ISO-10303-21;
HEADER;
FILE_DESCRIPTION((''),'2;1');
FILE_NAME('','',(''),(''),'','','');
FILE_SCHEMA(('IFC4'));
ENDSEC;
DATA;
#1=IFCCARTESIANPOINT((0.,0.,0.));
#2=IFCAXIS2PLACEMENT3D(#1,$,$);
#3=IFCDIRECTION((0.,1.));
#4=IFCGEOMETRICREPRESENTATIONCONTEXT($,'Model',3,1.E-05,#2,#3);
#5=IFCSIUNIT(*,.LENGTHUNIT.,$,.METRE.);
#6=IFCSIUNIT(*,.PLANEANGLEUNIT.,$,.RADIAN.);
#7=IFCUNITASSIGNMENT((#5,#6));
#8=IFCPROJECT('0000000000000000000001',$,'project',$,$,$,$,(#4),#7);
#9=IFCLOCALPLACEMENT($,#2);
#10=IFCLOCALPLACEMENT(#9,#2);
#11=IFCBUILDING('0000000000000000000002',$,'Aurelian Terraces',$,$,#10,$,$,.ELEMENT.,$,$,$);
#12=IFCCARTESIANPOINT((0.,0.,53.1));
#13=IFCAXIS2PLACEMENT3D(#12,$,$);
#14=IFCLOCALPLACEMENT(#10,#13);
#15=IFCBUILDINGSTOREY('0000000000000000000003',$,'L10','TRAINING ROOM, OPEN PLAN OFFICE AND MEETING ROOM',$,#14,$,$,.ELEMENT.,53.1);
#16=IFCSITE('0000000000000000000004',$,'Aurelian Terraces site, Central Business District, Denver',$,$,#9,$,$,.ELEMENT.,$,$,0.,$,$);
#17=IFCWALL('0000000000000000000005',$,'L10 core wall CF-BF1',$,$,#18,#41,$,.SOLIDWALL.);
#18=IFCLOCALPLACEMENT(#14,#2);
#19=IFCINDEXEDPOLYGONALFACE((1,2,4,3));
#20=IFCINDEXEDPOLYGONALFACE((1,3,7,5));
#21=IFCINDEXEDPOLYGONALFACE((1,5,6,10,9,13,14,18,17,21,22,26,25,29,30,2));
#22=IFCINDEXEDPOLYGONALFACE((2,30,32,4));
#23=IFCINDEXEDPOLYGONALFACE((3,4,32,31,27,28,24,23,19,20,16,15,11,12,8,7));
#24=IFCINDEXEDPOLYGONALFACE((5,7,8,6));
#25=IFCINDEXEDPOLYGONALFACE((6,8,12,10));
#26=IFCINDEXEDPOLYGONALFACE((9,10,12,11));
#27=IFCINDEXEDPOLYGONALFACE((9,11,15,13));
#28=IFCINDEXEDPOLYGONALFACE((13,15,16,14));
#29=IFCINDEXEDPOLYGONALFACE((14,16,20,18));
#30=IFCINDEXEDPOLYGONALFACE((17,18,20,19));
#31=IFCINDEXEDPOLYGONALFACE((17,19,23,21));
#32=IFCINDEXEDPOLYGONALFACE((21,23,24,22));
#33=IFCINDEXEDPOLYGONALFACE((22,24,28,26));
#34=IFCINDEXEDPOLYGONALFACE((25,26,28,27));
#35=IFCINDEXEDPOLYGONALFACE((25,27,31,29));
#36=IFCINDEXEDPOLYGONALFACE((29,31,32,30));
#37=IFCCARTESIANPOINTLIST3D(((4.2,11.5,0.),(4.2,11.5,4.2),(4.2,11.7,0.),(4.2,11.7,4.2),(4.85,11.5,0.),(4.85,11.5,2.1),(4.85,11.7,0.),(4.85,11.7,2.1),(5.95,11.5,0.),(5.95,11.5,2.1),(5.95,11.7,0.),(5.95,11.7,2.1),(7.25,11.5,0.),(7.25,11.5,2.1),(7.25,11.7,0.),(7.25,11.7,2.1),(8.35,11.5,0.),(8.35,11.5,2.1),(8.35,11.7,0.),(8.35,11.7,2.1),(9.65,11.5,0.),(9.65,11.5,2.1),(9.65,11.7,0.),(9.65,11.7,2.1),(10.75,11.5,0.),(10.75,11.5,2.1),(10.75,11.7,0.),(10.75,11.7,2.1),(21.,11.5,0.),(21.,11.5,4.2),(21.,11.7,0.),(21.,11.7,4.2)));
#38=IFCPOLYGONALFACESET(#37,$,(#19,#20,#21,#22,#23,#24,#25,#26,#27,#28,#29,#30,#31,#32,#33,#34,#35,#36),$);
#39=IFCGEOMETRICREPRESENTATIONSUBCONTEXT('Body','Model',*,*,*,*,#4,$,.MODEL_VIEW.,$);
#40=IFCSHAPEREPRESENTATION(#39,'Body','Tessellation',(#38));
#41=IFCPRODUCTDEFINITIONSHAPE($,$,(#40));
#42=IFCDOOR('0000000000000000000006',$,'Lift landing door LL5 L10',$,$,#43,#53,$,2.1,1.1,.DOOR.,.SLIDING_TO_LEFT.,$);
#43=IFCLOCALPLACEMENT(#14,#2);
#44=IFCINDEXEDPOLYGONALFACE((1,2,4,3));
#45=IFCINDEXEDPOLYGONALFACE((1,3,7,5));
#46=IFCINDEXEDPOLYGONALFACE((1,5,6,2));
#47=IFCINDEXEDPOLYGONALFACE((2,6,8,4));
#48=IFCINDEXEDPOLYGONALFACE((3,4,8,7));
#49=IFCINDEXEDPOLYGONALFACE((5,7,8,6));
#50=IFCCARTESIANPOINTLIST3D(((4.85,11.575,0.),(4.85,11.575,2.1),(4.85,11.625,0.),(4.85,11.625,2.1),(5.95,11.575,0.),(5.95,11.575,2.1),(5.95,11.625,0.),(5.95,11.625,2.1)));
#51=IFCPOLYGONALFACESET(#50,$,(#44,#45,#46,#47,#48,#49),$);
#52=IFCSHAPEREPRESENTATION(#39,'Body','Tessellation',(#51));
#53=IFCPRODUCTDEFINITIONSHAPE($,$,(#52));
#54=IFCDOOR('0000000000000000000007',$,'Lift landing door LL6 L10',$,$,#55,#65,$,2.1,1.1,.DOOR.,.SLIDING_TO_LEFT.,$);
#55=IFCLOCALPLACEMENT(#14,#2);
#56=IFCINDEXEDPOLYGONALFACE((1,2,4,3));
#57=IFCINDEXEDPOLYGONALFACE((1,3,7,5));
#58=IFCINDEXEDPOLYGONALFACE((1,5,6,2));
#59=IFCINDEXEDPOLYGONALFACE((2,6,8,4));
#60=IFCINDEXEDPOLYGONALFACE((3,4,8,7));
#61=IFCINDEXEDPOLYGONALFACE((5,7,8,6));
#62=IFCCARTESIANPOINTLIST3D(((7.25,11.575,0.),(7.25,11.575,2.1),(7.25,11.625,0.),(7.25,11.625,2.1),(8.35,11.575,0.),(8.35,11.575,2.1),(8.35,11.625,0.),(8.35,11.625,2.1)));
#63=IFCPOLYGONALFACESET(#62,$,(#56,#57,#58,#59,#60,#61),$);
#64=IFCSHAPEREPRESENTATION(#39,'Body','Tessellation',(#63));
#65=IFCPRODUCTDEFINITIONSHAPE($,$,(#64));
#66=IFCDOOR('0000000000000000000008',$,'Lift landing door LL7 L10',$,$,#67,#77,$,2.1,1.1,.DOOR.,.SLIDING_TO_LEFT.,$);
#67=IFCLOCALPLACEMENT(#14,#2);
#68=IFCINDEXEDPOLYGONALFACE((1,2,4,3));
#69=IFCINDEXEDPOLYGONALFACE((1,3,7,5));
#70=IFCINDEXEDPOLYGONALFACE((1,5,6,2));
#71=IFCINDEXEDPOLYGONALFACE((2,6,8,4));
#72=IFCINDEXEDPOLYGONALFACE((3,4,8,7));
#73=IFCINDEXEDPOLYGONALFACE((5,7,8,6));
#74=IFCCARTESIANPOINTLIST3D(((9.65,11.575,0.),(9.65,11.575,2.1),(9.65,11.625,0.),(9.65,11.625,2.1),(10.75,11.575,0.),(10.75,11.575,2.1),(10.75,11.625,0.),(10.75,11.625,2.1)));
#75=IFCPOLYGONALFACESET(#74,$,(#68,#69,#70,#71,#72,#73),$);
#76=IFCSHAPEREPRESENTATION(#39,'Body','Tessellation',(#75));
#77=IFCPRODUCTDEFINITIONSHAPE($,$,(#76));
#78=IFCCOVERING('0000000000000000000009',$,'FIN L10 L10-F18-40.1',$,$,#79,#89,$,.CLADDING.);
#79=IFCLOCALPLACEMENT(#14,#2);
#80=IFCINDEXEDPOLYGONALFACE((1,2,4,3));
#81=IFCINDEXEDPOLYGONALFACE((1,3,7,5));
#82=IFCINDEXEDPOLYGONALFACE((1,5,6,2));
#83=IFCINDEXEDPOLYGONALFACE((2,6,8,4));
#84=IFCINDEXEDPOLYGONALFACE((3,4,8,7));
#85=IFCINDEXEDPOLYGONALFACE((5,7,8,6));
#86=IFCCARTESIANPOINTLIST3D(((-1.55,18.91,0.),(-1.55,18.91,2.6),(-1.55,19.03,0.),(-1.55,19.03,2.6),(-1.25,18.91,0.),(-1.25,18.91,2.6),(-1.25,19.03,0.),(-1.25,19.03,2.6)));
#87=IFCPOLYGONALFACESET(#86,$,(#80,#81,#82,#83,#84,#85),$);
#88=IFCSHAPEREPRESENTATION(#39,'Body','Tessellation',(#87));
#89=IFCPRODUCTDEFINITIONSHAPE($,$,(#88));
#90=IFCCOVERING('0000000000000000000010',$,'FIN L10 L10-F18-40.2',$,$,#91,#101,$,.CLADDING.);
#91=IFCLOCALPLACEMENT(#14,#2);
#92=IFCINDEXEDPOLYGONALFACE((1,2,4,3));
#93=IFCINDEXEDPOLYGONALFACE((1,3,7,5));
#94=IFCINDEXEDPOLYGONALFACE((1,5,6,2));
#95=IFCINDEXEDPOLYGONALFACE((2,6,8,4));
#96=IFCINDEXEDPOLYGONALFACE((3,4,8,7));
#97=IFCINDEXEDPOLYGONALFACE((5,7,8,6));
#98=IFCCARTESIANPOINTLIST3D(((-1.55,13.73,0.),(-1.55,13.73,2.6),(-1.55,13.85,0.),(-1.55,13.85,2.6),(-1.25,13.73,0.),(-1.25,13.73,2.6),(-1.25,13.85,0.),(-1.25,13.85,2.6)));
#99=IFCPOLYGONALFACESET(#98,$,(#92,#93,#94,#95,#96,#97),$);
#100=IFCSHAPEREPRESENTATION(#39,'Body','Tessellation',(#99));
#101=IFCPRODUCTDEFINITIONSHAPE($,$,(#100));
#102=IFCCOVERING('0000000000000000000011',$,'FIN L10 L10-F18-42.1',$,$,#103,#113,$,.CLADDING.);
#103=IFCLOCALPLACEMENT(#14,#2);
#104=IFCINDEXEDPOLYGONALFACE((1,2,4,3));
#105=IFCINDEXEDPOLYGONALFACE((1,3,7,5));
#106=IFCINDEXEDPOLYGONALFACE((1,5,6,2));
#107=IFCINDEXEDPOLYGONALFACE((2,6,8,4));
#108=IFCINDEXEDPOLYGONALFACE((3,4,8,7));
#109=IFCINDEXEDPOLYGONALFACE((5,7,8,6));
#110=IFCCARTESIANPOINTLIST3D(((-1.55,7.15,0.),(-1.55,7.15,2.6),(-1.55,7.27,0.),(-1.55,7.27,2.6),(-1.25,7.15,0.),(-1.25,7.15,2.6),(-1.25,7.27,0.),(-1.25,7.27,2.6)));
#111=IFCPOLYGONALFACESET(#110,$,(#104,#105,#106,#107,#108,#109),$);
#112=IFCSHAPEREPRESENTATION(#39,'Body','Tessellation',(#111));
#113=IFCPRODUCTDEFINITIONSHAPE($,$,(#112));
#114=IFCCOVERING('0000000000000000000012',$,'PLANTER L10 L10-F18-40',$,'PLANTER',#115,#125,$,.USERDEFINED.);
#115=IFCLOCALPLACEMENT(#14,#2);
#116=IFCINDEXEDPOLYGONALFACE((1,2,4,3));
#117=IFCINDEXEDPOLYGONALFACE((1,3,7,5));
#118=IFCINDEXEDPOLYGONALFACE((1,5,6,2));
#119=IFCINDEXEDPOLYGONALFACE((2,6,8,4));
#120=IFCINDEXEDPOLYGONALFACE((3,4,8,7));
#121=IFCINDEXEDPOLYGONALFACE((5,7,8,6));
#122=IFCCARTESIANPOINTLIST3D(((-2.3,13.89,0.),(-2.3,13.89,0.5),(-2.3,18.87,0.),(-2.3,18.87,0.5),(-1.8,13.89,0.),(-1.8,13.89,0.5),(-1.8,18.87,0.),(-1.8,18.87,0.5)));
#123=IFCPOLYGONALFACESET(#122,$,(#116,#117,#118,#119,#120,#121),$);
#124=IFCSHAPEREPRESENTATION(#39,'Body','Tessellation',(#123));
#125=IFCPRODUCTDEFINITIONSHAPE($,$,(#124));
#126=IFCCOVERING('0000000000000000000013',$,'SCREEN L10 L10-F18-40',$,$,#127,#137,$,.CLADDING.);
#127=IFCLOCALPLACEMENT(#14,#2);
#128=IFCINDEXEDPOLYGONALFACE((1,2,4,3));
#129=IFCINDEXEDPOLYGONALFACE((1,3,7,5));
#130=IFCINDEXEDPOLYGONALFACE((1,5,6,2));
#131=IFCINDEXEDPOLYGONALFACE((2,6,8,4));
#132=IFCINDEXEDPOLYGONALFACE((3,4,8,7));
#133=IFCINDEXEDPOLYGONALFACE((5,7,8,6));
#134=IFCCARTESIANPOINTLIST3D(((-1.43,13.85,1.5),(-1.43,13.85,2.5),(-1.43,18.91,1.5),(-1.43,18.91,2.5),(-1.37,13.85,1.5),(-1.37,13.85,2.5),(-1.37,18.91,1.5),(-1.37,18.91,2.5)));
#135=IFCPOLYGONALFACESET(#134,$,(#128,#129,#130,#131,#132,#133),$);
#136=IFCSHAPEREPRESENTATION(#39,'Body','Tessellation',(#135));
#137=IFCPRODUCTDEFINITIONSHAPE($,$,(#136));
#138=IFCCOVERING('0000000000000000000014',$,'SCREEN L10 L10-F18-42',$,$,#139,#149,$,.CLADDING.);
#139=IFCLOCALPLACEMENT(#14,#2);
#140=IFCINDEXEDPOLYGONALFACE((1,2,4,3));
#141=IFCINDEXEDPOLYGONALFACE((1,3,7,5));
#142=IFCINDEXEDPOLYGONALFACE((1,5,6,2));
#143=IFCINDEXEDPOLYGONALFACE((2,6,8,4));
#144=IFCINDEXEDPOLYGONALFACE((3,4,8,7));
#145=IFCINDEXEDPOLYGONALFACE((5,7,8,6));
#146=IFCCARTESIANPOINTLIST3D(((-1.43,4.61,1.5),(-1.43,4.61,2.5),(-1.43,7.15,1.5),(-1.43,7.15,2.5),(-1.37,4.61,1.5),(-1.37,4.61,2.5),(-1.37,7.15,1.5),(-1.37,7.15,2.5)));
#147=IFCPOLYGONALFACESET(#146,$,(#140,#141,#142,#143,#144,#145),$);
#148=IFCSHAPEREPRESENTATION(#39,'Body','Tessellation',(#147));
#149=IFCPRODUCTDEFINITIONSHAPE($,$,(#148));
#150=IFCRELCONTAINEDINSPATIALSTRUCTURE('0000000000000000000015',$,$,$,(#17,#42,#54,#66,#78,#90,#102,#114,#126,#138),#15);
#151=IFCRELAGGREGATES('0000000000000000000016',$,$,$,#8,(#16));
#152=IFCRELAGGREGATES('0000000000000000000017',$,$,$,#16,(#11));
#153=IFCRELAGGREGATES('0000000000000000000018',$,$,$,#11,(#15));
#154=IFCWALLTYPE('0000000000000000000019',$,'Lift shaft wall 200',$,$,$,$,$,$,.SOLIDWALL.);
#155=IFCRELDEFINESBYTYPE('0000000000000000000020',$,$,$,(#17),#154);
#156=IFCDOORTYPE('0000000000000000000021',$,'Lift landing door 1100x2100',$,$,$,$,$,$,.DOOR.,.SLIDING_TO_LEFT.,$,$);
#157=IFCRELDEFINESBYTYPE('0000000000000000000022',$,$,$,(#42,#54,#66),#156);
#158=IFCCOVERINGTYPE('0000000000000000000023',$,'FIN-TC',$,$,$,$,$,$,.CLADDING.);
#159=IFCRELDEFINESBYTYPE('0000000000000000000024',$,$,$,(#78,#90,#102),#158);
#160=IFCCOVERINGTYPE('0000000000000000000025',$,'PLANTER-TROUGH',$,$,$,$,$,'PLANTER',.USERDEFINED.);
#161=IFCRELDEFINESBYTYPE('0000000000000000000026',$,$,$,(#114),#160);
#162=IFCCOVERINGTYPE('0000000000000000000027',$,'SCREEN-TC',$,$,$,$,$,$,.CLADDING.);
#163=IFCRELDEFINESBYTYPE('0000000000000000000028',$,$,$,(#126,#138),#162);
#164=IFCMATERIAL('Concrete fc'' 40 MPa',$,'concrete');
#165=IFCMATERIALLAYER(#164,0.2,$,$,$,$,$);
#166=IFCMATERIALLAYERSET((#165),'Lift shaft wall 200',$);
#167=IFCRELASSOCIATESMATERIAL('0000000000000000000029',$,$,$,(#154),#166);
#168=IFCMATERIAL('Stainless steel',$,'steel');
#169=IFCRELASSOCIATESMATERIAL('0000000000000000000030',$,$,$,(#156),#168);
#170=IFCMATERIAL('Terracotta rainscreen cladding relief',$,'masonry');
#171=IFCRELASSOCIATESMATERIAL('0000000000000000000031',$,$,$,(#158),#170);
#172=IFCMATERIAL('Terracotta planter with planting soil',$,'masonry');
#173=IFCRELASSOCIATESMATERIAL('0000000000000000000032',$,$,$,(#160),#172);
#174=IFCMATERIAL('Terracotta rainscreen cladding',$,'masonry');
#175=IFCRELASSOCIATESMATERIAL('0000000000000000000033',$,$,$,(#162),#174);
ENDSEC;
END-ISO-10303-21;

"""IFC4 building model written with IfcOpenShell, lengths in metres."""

from ifc_helpers import new_model, si_unit, direction, frame, frame_2d, origin, origin_2d, place, context, subcontext, project, spatial, rectangle, extrude, source, transform, mapped, material, layer, layer_set, type_object, element, fill, save


model = new_model("IFC4")

# Units and contexts
model_context = context("Model", 3, precision=1e-05, world=origin(), true_north=direction((0.0, 1.0)))
body_context = subcontext(model_context, "Body", "Model", "MODEL_VIEW")
ifc_project = project(units=[si_unit("LENGTHUNIT", "METRE"), si_unit("PLANEANGLEUNIT", "RADIAN")], contexts=[model_context])

# Site, building, storey
site_placement = place(None, origin())
site = spatial("IfcSite", under=ifc_project, at=site_placement, Name="Aurelian Terraces site, Central Business District, Denver", CompositionType="ELEMENT", RefElevation=0.0)
building_placement = place(site_placement, origin())
building = spatial("IfcBuilding", under=site, at=building_placement, Name="Aurelian Terraces", CompositionType="ELEMENT")
storey_placement = place(building_placement, frame((0.0, 0.0, 53.1)))
storey = spatial("IfcBuildingStorey", under=building, at=storey_placement, Name="L10", Description="TRAINING ROOM, OPEN PLAN OFFICE AND MEETING ROOM", CompositionType="ELEMENT", Elevation=53.1)

# Shared definitions
ifc_material_1 = material(Name="Concrete fc' 40 MPa", Category="concrete")

# Shared definitions
ifc_material_2 = material(Name="Terracotta rainscreen cladding", Category="masonry")

# Wall, openings, doors
ifc_layer_1 = layer(ifc_material_1, 0.2)
ifc_layer_set_1 = layer_set([ifc_layer_1], Name="Lift shaft wall 200")
wall_type_1 = type_object("IfcWallType", Name="Lift shaft wall 200", PredefinedType="SOLIDWALL", material=ifc_layer_set_1)
shared_shape_1 = source(origin(), body_context, "Body", "SweptSolid", [
    extrude(rectangle(XDim=16.8, YDim=0.2, at=frame_2d((8.4, 0.0))), origin(), (0.0, 0.0, 1.0), 4.2),
])
shared_shape_2 = source(origin(), body_context, "Body", "SweptSolid", [
    extrude(rectangle(XDim=1.1, YDim=2.1, at=frame_2d((0.55, 1.05))), frame((0.0, 0.11, 0.0), z_axis=(0.0, -1.0, 0.0), x_axis=(1.0, 0.0, 0.0)), (0.0, 0.0, 1.0), 0.22),
])
ifc_material_3 = material(Name="Stainless steel", Category="steel")
door_type_1 = type_object("IfcDoorType", Name="Lift landing door 1100x2100", OperationType="SLIDING_TO_LEFT", PredefinedType="DOOR", material=ifc_material_3)
shared_shape_3 = source(origin(), body_context, "Body", "SweptSolid", [
    extrude(rectangle(XDim=1.1, YDim=2.1, at=frame_2d((0.55, 1.05))), frame((0.0, 0.025, 0.0), z_axis=(0.0, -1.0, 0.0), x_axis=(1.0, 0.0, 0.0)), (0.0, 0.0, 1.0), 0.05),
])
wall_1_placement = place(storey_placement, frame((4.2, 11.6, 0.0), z_axis=(0.0, 0.0, 1.0), x_axis=(1.0, 0.0, 0.0)))
wall_1 = element("IfcWall", 1, at=wall_1_placement, inside=storey, type_object=wall_type_1, Name="L10 core wall CF-BF1", PredefinedType="SOLIDWALL", context=body_context, shape_type="MappedRepresentation", body=[
    mapped(shared_shape_1, transform((0.0, 0.0, 0.0), scale=1.0)),
])
opening_1_placement = place(wall_1_placement, frame((0.65, 0.0, 0.0)))
opening_1 = element("IfcOpeningElement", 2, at=opening_1_placement, cuts=wall_1, PredefinedType="OPENING", context=body_context, shape_type="MappedRepresentation", body=[
    mapped(shared_shape_2, transform((0.0, 0.0, 0.0), scale=1.0)),
])
opening_2_placement = place(wall_1_placement, frame((3.05, 0.0, 0.0)))
opening_2 = element("IfcOpeningElement", 3, at=opening_2_placement, cuts=wall_1, PredefinedType="OPENING", context=body_context, shape_type="MappedRepresentation", body=[
    mapped(shared_shape_2, transform((0.0, 0.0, 0.0), scale=1.0)),
])
opening_3_placement = place(wall_1_placement, frame((5.45, 0.0, 0.0)))
opening_3 = element("IfcOpeningElement", 4, at=opening_3_placement, cuts=wall_1, PredefinedType="OPENING", context=body_context, shape_type="MappedRepresentation", body=[
    mapped(shared_shape_2, transform((0.0, 0.0, 0.0), scale=1.0)),
])
door_1_placement = place(opening_1_placement, origin())
door_1 = element("IfcDoor", 5, at=door_1_placement, inside=storey, type_object=door_type_1, Name="Lift landing door LL5 L10", OperationType="SLIDING_TO_LEFT", OverallHeight=2.1, OverallWidth=1.1, PredefinedType="DOOR", context=body_context, shape_type="MappedRepresentation", body=[
    mapped(shared_shape_3, transform((0.0, 0.0, 0.0), scale=1.0)),
])
fill(opening_1, door_1)
door_2_placement = place(opening_2_placement, origin())
door_2 = element("IfcDoor", 6, at=door_2_placement, inside=storey, type_object=door_type_1, Name="Lift landing door LL6 L10", OperationType="SLIDING_TO_LEFT", OverallHeight=2.1, OverallWidth=1.1, PredefinedType="DOOR", context=body_context, shape_type="MappedRepresentation", body=[
    mapped(shared_shape_3, transform((0.0, 0.0, 0.0), scale=1.0)),
])
fill(opening_2, door_2)
door_3_placement = place(opening_3_placement, origin())
door_3 = element("IfcDoor", 7, at=door_3_placement, inside=storey, type_object=door_type_1, Name="Lift landing door LL7 L10", OperationType="SLIDING_TO_LEFT", OverallHeight=2.1, OverallWidth=1.1, PredefinedType="DOOR", context=body_context, shape_type="MappedRepresentation", body=[
    mapped(shared_shape_3, transform((0.0, 0.0, 0.0), scale=1.0)),
])
fill(opening_3, door_3)

# Coverings
ifc_material_4 = material(Name="Terracotta rainscreen cladding relief", Category="masonry")
covering_type_1 = type_object("IfcCoveringType", Name="FIN-TC", PredefinedType="CLADDING", material=ifc_material_4)
shared_shape_4 = source(origin(), body_context, "Body", "SweptSolid", [
    extrude(rectangle(XDim=0.3, YDim=0.12, at=origin_2d()), origin(), (0.0, 0.0, 1.0), 2.6),
])
for number, where, z_axis, x_axis, name in (
    (8, (-1.4, 18.97, 0.0), (0.0, 0.0, 1.0), (1.0, 0.0, 0.0), "FIN L10 L10-F18-40.1"),
    (9, (-1.4, 13.79, 0.0), (0.0, 0.0, 1.0), (1.0, 0.0, 0.0), "FIN L10 L10-F18-40.2"),
    (10, (-1.4, 7.21, 0.0), (0.0, 0.0, 1.0), (1.0, 0.0, 0.0), "FIN L10 L10-F18-42.1"),
):
    element("IfcCovering", number, at=place(storey_placement, frame(where, z_axis=z_axis, x_axis=x_axis)), inside=storey, type_object=covering_type_1, Name=name, PredefinedType="CLADDING", context=body_context, shape_type="MappedRepresentation", body=[
        mapped(shared_shape_4, transform((0.0, 0.0, 0.0), scale=1.0)),
    ])

# Coverings
ifc_material_5 = material(Name="Terracotta planter with planting soil", Category="masonry")
covering_type_2 = type_object("IfcCoveringType", Name="PLANTER-TROUGH", ElementType="PLANTER", PredefinedType="USERDEFINED", material=ifc_material_5)
shared_shape_5 = source(origin(), body_context, "Body", "SweptSolid", [
    extrude(rectangle(XDim=0.5, YDim=4.98, at=origin_2d()), origin(), (0.0, 0.0, 1.0), 0.5),
])
covering_1_placement = place(storey_placement, frame((-2.05, 16.38, 0.0), z_axis=(0.0, 0.0, 1.0), x_axis=(1.0, 0.0, 0.0)))
element("IfcCovering", 11, at=covering_1_placement, inside=storey, type_object=covering_type_2, Name="PLANTER L10 L10-F18-40", ObjectType="PLANTER", PredefinedType="USERDEFINED", context=body_context, shape_type="MappedRepresentation", body=[
    mapped(shared_shape_5, transform((0.0, 0.0, 0.0), scale=1.0)),
])
covering_type_3 = type_object("IfcCoveringType", Name="SCREEN-TC", PredefinedType="CLADDING", material=ifc_material_2)
shared_shape_6 = source(origin(), body_context, "Body", "SweptSolid", [
    extrude(rectangle(XDim=0.06, YDim=5.06, at=origin_2d()), origin(), (0.0, 0.0, 1.0), 1.0),
])
covering_2_placement = place(storey_placement, frame((-1.4, 16.38, 1.5), z_axis=(0.0, 0.0, 1.0), x_axis=(1.0, 0.0, 0.0)))
element("IfcCovering", 12, at=covering_2_placement, inside=storey, type_object=covering_type_3, Name="SCREEN L10 L10-F18-40", PredefinedType="CLADDING", context=body_context, shape_type="MappedRepresentation", body=[
    mapped(shared_shape_6, transform((0.0, 0.0, 0.0), scale=1.0)),
])

# Covering
shared_shape_7 = source(origin(), body_context, "Body", "SweptSolid", [
    extrude(rectangle(XDim=0.06, YDim=2.54, at=origin_2d()), origin(), (0.0, 0.0, 1.0), 1.0),
])
covering_3_placement = place(storey_placement, frame((-1.4, 5.88, 1.5), z_axis=(0.0, 0.0, 1.0), x_axis=(1.0, 0.0, 0.0)))
element("IfcCovering", 13, at=covering_3_placement, inside=storey, type_object=covering_type_3, Name="SCREEN L10 L10-F18-42", PredefinedType="CLADDING", context=body_context, shape_type="MappedRepresentation", body=[
    mapped(shared_shape_7, transform((0.0, 0.0, 0.0), scale=1.0)),
])

save(model, "model.ifc")
